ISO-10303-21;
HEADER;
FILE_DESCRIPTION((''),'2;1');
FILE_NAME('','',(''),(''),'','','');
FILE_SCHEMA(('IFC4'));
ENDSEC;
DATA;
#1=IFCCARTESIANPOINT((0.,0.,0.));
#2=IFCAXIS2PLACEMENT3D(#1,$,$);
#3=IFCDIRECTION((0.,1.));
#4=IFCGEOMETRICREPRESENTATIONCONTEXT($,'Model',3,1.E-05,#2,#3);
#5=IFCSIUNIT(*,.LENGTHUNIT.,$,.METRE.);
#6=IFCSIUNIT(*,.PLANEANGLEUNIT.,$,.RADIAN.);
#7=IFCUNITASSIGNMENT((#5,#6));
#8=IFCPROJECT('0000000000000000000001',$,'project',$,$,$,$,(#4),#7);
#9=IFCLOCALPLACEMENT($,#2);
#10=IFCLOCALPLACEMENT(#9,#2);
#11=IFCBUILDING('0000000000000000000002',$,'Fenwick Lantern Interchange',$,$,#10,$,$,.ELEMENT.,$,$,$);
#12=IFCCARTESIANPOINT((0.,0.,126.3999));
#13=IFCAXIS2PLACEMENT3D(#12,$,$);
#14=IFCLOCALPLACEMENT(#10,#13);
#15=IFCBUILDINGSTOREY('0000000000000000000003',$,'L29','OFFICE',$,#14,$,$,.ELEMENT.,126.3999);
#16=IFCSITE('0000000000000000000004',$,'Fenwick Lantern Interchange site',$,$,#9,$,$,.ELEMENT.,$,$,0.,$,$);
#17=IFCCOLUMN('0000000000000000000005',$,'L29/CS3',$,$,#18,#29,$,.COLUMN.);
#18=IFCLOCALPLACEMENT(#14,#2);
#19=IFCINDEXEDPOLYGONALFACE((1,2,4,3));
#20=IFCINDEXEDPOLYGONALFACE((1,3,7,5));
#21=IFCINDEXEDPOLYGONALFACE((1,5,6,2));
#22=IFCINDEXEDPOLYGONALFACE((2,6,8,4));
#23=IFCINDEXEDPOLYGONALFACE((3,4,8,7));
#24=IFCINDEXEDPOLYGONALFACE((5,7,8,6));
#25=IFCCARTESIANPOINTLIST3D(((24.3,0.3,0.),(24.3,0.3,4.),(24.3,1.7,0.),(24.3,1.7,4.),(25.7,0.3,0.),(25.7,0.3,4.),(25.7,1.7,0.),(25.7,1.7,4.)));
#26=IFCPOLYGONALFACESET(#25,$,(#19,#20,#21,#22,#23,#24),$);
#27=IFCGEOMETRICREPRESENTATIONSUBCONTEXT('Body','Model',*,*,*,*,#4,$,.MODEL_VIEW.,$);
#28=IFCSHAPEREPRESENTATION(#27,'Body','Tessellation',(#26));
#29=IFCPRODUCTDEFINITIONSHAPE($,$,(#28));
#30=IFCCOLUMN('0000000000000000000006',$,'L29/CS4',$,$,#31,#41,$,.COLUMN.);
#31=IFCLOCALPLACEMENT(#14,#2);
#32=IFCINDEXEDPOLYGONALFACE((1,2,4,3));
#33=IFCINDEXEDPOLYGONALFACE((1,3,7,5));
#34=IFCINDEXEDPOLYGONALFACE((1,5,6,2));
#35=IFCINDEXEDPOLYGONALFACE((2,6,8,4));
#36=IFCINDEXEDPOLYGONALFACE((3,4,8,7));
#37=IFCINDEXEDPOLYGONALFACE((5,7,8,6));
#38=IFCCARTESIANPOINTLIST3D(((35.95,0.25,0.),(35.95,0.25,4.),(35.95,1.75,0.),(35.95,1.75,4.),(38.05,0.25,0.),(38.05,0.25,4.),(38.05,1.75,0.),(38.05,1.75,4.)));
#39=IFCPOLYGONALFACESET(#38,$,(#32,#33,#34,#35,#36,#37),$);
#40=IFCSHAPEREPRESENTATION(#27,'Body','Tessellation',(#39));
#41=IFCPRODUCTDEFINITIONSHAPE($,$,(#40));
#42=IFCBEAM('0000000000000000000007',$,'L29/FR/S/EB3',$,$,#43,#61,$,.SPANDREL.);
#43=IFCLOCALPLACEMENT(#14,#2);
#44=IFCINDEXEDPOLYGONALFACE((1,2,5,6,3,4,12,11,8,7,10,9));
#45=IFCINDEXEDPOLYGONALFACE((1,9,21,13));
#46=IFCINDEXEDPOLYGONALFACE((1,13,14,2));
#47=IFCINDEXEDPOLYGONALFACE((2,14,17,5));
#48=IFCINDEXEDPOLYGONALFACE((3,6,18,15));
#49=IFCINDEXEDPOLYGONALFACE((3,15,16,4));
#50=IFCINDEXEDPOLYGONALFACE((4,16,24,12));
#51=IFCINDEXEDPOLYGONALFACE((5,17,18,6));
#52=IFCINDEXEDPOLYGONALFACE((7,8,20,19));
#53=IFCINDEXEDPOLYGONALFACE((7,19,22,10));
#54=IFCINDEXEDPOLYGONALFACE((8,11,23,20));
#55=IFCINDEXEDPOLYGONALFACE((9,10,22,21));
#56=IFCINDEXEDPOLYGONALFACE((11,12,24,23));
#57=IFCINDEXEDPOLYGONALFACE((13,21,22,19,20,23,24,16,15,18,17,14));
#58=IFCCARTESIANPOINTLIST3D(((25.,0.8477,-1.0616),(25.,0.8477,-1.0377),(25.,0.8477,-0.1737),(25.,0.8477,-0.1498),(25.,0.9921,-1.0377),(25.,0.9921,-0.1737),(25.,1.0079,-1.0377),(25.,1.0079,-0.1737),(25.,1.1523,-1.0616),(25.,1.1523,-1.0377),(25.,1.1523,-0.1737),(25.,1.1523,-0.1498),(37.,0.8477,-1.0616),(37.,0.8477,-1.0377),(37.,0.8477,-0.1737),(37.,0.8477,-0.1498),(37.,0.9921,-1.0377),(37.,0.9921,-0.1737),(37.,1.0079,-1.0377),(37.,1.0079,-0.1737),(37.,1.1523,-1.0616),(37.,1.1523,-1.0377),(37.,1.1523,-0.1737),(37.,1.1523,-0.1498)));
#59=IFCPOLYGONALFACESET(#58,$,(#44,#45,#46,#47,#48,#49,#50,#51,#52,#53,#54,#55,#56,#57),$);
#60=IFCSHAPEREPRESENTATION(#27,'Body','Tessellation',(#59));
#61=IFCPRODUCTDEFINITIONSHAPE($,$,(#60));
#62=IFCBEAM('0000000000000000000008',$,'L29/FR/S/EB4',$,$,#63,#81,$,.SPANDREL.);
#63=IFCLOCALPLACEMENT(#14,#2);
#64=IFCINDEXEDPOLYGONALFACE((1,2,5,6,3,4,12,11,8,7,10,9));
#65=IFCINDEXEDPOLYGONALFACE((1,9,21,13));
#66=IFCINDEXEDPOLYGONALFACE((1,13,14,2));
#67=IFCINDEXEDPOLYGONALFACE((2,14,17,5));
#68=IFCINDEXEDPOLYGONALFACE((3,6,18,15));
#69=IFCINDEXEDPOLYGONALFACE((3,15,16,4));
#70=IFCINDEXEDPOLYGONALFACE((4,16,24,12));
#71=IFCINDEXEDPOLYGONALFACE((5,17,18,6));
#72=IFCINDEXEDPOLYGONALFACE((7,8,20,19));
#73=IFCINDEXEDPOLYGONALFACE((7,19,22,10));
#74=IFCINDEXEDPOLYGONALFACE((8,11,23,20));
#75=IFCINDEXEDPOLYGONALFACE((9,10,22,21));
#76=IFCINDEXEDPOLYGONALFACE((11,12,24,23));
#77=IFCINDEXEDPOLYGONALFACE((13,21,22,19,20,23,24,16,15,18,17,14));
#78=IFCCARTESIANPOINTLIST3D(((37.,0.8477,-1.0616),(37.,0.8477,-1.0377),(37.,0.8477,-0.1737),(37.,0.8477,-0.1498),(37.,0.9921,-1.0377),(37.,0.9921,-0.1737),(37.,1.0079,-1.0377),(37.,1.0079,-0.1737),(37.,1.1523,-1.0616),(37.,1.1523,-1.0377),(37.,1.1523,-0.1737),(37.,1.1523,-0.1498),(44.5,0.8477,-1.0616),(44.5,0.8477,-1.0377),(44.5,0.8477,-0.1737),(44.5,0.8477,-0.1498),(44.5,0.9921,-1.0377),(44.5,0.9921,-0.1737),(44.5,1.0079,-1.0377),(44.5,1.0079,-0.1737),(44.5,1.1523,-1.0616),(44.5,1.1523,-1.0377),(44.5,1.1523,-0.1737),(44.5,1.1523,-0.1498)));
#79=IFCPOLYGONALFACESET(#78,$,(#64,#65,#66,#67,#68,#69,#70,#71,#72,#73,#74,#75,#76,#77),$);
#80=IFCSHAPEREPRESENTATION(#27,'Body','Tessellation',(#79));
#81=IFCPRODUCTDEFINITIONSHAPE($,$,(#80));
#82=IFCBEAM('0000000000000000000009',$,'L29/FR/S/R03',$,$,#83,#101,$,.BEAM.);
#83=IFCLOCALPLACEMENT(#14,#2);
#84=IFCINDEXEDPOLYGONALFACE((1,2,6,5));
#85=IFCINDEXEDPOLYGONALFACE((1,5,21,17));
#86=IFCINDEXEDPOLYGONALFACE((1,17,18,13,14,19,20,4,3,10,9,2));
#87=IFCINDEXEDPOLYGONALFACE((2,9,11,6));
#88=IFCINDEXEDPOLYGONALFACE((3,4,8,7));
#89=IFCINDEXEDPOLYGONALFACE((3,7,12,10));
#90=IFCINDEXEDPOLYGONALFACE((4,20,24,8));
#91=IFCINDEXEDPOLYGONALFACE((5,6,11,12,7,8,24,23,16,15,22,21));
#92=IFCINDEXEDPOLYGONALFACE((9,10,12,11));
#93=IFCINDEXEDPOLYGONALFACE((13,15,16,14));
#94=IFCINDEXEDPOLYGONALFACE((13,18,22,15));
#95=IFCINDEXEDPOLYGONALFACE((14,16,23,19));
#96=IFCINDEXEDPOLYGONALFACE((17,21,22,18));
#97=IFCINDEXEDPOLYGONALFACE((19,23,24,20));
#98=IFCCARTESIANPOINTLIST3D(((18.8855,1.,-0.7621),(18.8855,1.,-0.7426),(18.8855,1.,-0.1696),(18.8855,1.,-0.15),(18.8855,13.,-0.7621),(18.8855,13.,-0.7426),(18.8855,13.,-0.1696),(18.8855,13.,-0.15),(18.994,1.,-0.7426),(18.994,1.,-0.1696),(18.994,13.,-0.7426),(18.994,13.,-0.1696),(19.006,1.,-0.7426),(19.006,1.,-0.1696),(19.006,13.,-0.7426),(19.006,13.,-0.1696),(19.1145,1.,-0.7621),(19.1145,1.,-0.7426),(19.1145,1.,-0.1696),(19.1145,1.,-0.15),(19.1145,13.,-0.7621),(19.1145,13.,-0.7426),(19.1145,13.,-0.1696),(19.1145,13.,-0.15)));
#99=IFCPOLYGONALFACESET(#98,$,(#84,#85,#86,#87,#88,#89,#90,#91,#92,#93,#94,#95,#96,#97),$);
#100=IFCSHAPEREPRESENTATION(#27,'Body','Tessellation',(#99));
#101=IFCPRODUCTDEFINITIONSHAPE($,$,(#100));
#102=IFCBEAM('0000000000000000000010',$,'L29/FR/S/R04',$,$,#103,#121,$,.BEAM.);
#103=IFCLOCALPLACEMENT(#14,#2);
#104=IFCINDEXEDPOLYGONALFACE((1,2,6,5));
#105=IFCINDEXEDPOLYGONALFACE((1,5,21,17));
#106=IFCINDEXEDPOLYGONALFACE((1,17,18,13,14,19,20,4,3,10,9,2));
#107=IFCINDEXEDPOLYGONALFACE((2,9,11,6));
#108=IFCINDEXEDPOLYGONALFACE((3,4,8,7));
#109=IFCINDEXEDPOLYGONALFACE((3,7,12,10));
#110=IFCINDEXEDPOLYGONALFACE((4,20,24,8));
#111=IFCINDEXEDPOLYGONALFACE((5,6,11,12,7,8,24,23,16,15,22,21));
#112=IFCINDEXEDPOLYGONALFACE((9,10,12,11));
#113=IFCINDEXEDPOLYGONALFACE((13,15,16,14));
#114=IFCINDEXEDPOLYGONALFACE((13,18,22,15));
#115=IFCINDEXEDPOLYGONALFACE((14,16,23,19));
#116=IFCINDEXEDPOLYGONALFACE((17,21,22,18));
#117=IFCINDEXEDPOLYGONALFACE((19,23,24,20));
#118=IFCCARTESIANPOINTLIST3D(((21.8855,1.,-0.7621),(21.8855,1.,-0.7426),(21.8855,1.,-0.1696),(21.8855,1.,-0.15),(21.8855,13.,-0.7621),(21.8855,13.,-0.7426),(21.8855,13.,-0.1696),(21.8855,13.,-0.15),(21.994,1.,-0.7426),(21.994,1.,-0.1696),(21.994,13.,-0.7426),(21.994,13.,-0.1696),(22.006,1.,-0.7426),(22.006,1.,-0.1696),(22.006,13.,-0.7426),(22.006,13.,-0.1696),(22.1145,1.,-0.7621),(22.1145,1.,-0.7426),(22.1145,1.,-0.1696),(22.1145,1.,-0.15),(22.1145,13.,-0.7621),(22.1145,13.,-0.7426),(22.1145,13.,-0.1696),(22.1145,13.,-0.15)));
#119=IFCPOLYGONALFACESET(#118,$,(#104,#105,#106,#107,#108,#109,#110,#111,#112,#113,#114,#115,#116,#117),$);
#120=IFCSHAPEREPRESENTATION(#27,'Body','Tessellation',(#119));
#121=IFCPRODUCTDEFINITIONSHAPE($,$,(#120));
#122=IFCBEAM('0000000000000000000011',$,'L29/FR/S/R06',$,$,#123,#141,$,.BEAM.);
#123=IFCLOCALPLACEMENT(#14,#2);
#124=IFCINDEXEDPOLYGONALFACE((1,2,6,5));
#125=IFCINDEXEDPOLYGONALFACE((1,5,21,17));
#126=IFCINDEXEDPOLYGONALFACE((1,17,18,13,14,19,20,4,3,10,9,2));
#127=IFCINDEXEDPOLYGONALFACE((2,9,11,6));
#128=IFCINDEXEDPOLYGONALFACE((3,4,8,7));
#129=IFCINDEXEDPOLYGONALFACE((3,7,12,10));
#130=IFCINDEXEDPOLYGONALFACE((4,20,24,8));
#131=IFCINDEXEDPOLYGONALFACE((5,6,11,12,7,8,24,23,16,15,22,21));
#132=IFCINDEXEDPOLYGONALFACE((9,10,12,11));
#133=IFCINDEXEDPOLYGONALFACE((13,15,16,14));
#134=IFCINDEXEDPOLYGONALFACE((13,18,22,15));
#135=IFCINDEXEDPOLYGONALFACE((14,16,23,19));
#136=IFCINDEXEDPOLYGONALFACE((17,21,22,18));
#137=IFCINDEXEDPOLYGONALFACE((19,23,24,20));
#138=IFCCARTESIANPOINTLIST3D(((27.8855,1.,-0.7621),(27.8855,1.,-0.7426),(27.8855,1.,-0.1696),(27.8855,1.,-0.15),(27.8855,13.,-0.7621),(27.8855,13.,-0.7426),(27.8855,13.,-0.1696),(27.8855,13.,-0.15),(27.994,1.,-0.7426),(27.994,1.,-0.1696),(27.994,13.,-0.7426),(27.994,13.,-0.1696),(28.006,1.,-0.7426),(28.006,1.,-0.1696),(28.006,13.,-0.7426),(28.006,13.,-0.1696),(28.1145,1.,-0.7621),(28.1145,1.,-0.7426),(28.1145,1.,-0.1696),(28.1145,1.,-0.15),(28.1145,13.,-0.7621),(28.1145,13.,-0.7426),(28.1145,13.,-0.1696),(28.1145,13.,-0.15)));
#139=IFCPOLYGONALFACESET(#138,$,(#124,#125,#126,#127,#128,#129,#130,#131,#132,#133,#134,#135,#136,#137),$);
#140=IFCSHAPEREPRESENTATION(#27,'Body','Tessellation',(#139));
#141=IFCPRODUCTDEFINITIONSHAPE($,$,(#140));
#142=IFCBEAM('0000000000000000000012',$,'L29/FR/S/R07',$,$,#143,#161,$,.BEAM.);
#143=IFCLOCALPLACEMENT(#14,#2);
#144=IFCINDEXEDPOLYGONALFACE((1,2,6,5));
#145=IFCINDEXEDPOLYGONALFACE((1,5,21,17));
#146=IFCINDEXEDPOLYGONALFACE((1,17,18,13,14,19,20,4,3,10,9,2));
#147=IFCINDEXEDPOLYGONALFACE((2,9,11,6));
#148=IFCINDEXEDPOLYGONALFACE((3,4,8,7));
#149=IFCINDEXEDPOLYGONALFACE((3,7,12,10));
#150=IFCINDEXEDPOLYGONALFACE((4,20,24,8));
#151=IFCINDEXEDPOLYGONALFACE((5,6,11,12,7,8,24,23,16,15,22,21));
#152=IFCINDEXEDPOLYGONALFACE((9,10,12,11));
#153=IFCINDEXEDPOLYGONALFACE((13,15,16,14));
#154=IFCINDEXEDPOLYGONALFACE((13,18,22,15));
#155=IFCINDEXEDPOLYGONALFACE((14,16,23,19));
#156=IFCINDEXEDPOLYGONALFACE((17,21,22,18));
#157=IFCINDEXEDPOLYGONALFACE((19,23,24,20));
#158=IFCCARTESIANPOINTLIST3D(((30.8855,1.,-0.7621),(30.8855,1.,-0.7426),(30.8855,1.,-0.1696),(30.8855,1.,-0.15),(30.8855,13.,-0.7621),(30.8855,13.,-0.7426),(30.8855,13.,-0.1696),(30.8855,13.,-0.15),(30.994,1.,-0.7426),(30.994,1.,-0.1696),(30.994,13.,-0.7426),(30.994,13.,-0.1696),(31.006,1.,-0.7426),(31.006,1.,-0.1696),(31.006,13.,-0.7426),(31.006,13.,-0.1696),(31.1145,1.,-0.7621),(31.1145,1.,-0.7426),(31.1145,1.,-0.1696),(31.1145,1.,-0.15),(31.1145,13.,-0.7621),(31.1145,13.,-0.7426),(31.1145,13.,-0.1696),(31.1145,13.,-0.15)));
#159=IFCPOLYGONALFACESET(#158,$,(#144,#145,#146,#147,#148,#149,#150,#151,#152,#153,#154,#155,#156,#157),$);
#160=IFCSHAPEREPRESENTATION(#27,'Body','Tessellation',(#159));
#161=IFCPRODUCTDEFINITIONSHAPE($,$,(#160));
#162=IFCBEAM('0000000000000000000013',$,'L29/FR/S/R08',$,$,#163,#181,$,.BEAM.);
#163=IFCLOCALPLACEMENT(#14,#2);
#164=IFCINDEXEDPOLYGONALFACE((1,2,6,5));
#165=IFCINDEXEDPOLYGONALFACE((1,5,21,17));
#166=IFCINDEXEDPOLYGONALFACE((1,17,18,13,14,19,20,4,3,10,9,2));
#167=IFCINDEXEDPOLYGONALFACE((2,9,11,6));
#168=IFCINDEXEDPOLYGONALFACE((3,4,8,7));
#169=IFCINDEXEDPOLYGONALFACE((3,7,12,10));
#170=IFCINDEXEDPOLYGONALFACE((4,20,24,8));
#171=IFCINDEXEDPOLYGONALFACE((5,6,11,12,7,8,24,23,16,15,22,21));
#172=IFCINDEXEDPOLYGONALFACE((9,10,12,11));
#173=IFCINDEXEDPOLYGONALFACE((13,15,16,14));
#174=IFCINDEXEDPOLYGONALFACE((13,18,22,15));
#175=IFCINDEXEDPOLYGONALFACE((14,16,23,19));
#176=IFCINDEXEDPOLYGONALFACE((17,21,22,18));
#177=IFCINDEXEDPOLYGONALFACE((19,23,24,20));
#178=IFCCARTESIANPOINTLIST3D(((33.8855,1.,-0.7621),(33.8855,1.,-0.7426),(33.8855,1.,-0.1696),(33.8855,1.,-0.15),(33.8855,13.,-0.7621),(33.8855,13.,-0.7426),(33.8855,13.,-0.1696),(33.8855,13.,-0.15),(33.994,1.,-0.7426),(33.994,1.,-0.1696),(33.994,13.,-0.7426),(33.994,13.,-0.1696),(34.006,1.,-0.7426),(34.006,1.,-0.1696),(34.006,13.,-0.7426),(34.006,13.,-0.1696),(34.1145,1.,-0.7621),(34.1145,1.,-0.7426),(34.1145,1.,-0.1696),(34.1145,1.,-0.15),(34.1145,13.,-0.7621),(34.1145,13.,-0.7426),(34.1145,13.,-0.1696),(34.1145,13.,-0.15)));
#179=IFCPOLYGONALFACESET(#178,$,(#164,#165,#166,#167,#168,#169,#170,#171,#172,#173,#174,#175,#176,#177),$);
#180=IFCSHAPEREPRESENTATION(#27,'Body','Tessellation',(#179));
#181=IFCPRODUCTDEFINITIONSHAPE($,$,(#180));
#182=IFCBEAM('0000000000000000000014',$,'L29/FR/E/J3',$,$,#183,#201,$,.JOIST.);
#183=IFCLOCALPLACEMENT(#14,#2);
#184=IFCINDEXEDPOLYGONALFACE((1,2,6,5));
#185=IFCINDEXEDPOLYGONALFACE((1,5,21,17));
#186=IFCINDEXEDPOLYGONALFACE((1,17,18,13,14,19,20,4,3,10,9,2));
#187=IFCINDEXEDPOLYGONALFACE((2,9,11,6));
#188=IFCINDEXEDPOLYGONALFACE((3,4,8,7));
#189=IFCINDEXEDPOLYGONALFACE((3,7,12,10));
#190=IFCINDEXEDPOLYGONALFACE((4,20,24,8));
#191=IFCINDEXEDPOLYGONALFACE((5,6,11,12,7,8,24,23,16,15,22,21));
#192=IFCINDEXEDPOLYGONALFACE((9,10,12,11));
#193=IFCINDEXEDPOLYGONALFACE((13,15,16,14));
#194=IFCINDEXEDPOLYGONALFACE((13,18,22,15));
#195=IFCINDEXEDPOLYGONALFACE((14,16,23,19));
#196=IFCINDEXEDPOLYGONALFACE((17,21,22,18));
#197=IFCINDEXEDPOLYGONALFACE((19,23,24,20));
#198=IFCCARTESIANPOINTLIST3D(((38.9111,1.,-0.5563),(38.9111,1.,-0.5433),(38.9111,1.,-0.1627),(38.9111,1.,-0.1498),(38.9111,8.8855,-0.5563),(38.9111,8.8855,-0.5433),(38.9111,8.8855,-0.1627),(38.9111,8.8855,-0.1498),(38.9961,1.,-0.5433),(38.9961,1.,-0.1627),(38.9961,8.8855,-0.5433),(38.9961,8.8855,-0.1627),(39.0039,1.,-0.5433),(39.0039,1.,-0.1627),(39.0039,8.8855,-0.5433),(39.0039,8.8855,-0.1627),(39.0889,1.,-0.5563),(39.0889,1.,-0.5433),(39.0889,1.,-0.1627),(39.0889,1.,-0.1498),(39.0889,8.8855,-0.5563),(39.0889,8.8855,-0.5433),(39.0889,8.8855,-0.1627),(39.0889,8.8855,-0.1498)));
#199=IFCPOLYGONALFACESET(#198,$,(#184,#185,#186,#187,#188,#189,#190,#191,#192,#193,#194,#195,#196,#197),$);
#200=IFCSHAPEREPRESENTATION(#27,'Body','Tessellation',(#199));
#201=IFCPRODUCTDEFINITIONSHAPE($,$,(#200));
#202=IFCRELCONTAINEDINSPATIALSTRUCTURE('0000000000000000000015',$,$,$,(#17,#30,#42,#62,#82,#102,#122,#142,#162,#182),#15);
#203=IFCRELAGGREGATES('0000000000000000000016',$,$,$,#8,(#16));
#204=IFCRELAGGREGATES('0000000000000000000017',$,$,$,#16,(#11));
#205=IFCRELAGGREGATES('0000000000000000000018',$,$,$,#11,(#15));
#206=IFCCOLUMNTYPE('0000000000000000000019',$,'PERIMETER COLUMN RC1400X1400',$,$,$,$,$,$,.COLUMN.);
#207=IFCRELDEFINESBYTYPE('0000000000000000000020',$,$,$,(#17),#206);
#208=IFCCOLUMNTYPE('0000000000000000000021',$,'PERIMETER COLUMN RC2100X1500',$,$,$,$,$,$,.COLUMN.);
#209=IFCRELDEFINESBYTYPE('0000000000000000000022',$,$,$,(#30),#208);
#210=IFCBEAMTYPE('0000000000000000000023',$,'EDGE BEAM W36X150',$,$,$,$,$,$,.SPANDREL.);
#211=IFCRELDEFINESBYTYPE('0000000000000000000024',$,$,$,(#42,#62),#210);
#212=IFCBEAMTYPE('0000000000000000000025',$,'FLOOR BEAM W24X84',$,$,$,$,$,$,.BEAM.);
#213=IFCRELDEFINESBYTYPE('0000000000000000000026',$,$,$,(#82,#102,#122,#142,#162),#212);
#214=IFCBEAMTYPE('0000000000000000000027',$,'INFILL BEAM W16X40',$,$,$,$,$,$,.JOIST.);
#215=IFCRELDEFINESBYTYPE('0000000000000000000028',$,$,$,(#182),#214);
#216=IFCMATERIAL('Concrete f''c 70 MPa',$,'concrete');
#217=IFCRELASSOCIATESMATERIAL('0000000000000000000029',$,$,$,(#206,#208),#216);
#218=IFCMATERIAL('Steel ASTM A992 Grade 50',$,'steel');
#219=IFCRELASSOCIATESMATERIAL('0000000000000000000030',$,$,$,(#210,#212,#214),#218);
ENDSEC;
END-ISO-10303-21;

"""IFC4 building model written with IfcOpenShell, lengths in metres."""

from ifc_helpers import new_model, si_unit, direction, frame, origin, origin_2d, place, context, subcontext, project, spatial, rectangle, i_section, extrude, material, material_profile, profile_set, type_object, element, save


model = new_model("IFC4")

# Units and contexts
model_context = context("Model", 3, precision=1e-05, world=origin(), true_north=direction((0.0, 1.0)))
body_context = subcontext(model_context, "Body", "Model", "MODEL_VIEW")
ifc_project = project(units=[si_unit("LENGTHUNIT", "METRE"), si_unit("PLANEANGLEUNIT", "RADIAN")], contexts=[model_context])

# Site, building, storey
site_placement = place(None, origin())
site = spatial("IfcSite", under=ifc_project, at=site_placement, Name="Fenwick Lantern Interchange site", CompositionType="ELEMENT", RefElevation=0.0)
building_placement = place(site_placement, origin())
building = spatial("IfcBuilding", under=site, at=building_placement, Name="Fenwick Lantern Interchange", CompositionType="ELEMENT")
storey_placement = place(building_placement, frame((0.0, 0.0, 126.3999)))
storey = spatial("IfcBuildingStorey", under=building, at=storey_placement, Name="L29", Description="OFFICE", CompositionType="ELEMENT", Elevation=126.3999)

# Columns
ifc_material_1 = material(Name="Concrete f'c 70 MPa", Category="concrete")
ifc_material_profile_1 = material_profile(ifc_material_1, rectangle(XDim=1.3999, YDim=1.3999, at=origin_2d()), Name="RC1400X1400")
ifc_profile_set_1 = profile_set([ifc_material_profile_1], Name="Concrete f'c 70 MPa")
column_type_1 = type_object("IfcColumnType", Name="PERIMETER COLUMN RC1400X1400", PredefinedType="COLUMN", material=ifc_profile_set_1)
column_1_placement = place(storey_placement, frame((25.0, 1.0, 0.0), z_axis=(0.0, 0.0, 1.0), x_axis=(1.0, 0.0, 0.0)))
element("IfcColumn", 1, at=column_1_placement, inside=storey, type_object=column_type_1, Name="L29/CS3", PredefinedType="COLUMN", context=body_context, shape_type="SweptSolid", body=[
    extrude(rectangle(XDim=1.3999, YDim=1.3999, at=origin_2d()), origin(), (0.0, 0.0, 1.0), 4.0),
])
ifc_material_profile_2 = material_profile(ifc_material_1, rectangle(XDim=2.1001, YDim=1.5, at=origin_2d()), Name="RC2100X1500")
ifc_profile_set_2 = profile_set([ifc_material_profile_2], Name="Concrete f'c 70 MPa")
column_type_2 = type_object("IfcColumnType", Name="PERIMETER COLUMN RC2100X1500", PredefinedType="COLUMN", material=ifc_profile_set_2)
column_2_placement = place(storey_placement, frame((37.0, 1.0, 0.0), z_axis=(0.0, 0.0, 1.0), x_axis=(1.0, 0.0, 0.0)))
element("IfcColumn", 2, at=column_2_placement, inside=storey, type_object=column_type_2, Name="L29/CS4", PredefinedType="COLUMN", context=body_context, shape_type="SweptSolid", body=[
    extrude(rectangle(XDim=2.1001, YDim=1.5, at=origin_2d()), origin(), (0.0, 0.0, 1.0), 4.0),
])

# Beams
ifc_material_2 = material(Name="Steel ASTM A992 Grade 50", Category="steel")
ifc_material_profile_3 = material_profile(ifc_material_2, i_section(OverallWidth=0.3047, OverallDepth=0.9119, WebThickness=0.0159, FlangeThickness=0.0239, at=origin_2d()), Name="W36X150")
ifc_profile_set_3 = profile_set([ifc_material_profile_3], Name="Steel ASTM A992 Grade 50")
beam_type_1 = type_object("IfcBeamType", Name="EDGE BEAM W36X150", PredefinedType="SPANDREL", material=ifc_profile_set_3)
beam_1_placement = place(storey_placement, frame((25.0, 1.0, -0.6057), z_axis=(1.0, 0.0, 0.0), x_axis=(0.0, 1.0, 0.0)))
element("IfcBeam", 3, at=beam_1_placement, inside=storey, type_object=beam_type_1, Name="L29/FR/S/EB3", PredefinedType="SPANDREL", context=body_context, shape_type="SweptSolid", body=[
    extrude(i_section(OverallWidth=0.3047, OverallDepth=0.9119, WebThickness=0.0159, FlangeThickness=0.0239, at=origin_2d()), origin(), (0.0, 0.0, 1.0), 12.0),
])
beam_2_placement = place(storey_placement, frame((37.0, 1.0, -0.6057), z_axis=(1.0, 0.0, 0.0), x_axis=(0.0, 1.0, 0.0)))
element("IfcBeam", 4, at=beam_2_placement, inside=storey, type_object=beam_type_1, Name="L29/FR/S/EB4", PredefinedType="SPANDREL", context=body_context, shape_type="SweptSolid", body=[
    extrude(i_section(OverallWidth=0.3047, OverallDepth=0.9119, WebThickness=0.0159, FlangeThickness=0.0239, at=origin_2d()), origin(), (0.0, 0.0, 1.0), 7.5),
])
ifc_material_profile_4 = material_profile(ifc_material_2, i_section(OverallWidth=0.229, OverallDepth=0.6121, WebThickness=0.012, FlangeThickness=0.0195, at=origin_2d()), Name="W24X84")
ifc_profile_set_4 = profile_set([ifc_material_profile_4], Name="Steel ASTM A992 Grade 50")
beam_type_2 = type_object("IfcBeamType", Name="FLOOR BEAM W24X84", PredefinedType="BEAM", material=ifc_profile_set_4)
for number, where, z_axis, x_axis, name in (
    (5, (19.0, 1.0, -0.4561), (0.0, 1.0, 0.0), (-1.0, 0.0, 0.0), "L29/FR/S/R03"),
    (6, (22.0, 1.0, -0.4561), (0.0, 1.0, 0.0), (-1.0, 0.0, 0.0), "L29/FR/S/R04"),
    (7, (28.0, 1.0, -0.4561), (0.0, 1.0, 0.0), (-1.0, 0.0, 0.0), "L29/FR/S/R06"),
    (8, (31.0, 1.0, -0.4561), (0.0, 1.0, 0.0), (-1.0, 0.0, 0.0), "L29/FR/S/R07"),
    (9, (34.0, 1.0, -0.4561), (0.0, 1.0, 0.0), (-1.0, 0.0, 0.0), "L29/FR/S/R08"),
):
    element("IfcBeam", number, at=place(storey_placement, frame(where, z_axis=z_axis, x_axis=x_axis)), inside=storey, type_object=beam_type_2, Name=name, PredefinedType="BEAM", context=body_context, shape_type="SweptSolid", body=[
        extrude(i_section(OverallWidth=0.229, OverallDepth=0.6121, WebThickness=0.012, FlangeThickness=0.0195, at=origin_2d()), origin(), (0.0, 0.0, 1.0), 12.0),
    ])
ifc_material_profile_5 = material_profile(ifc_material_2, i_section(OverallWidth=0.1777, OverallDepth=0.4065, WebThickness=0.0078, FlangeThickness=0.0129, at=origin_2d()), Name="W16X40")
ifc_profile_set_5 = profile_set([ifc_material_profile_5], Name="Steel ASTM A992 Grade 50")
beam_type_3 = type_object("IfcBeamType", Name="INFILL BEAM W16X40", PredefinedType="JOIST", material=ifc_profile_set_5)
beam_3_placement = place(storey_placement, frame((39.0, 1.0, -0.353), z_axis=(0.0, 1.0, 0.0), x_axis=(-1.0, 0.0, 0.0)))
element("IfcBeam", 10, at=beam_3_placement, inside=storey, type_object=beam_type_3, Name="L29/FR/E/J3", PredefinedType="JOIST", context=body_context, shape_type="SweptSolid", body=[
    extrude(i_section(OverallWidth=0.1777, OverallDepth=0.4065, WebThickness=0.0078, FlangeThickness=0.0129, at=origin_2d()), origin(), (0.0, 0.0, 1.0), 7.8855),
])

save(model, "model.ifc")
